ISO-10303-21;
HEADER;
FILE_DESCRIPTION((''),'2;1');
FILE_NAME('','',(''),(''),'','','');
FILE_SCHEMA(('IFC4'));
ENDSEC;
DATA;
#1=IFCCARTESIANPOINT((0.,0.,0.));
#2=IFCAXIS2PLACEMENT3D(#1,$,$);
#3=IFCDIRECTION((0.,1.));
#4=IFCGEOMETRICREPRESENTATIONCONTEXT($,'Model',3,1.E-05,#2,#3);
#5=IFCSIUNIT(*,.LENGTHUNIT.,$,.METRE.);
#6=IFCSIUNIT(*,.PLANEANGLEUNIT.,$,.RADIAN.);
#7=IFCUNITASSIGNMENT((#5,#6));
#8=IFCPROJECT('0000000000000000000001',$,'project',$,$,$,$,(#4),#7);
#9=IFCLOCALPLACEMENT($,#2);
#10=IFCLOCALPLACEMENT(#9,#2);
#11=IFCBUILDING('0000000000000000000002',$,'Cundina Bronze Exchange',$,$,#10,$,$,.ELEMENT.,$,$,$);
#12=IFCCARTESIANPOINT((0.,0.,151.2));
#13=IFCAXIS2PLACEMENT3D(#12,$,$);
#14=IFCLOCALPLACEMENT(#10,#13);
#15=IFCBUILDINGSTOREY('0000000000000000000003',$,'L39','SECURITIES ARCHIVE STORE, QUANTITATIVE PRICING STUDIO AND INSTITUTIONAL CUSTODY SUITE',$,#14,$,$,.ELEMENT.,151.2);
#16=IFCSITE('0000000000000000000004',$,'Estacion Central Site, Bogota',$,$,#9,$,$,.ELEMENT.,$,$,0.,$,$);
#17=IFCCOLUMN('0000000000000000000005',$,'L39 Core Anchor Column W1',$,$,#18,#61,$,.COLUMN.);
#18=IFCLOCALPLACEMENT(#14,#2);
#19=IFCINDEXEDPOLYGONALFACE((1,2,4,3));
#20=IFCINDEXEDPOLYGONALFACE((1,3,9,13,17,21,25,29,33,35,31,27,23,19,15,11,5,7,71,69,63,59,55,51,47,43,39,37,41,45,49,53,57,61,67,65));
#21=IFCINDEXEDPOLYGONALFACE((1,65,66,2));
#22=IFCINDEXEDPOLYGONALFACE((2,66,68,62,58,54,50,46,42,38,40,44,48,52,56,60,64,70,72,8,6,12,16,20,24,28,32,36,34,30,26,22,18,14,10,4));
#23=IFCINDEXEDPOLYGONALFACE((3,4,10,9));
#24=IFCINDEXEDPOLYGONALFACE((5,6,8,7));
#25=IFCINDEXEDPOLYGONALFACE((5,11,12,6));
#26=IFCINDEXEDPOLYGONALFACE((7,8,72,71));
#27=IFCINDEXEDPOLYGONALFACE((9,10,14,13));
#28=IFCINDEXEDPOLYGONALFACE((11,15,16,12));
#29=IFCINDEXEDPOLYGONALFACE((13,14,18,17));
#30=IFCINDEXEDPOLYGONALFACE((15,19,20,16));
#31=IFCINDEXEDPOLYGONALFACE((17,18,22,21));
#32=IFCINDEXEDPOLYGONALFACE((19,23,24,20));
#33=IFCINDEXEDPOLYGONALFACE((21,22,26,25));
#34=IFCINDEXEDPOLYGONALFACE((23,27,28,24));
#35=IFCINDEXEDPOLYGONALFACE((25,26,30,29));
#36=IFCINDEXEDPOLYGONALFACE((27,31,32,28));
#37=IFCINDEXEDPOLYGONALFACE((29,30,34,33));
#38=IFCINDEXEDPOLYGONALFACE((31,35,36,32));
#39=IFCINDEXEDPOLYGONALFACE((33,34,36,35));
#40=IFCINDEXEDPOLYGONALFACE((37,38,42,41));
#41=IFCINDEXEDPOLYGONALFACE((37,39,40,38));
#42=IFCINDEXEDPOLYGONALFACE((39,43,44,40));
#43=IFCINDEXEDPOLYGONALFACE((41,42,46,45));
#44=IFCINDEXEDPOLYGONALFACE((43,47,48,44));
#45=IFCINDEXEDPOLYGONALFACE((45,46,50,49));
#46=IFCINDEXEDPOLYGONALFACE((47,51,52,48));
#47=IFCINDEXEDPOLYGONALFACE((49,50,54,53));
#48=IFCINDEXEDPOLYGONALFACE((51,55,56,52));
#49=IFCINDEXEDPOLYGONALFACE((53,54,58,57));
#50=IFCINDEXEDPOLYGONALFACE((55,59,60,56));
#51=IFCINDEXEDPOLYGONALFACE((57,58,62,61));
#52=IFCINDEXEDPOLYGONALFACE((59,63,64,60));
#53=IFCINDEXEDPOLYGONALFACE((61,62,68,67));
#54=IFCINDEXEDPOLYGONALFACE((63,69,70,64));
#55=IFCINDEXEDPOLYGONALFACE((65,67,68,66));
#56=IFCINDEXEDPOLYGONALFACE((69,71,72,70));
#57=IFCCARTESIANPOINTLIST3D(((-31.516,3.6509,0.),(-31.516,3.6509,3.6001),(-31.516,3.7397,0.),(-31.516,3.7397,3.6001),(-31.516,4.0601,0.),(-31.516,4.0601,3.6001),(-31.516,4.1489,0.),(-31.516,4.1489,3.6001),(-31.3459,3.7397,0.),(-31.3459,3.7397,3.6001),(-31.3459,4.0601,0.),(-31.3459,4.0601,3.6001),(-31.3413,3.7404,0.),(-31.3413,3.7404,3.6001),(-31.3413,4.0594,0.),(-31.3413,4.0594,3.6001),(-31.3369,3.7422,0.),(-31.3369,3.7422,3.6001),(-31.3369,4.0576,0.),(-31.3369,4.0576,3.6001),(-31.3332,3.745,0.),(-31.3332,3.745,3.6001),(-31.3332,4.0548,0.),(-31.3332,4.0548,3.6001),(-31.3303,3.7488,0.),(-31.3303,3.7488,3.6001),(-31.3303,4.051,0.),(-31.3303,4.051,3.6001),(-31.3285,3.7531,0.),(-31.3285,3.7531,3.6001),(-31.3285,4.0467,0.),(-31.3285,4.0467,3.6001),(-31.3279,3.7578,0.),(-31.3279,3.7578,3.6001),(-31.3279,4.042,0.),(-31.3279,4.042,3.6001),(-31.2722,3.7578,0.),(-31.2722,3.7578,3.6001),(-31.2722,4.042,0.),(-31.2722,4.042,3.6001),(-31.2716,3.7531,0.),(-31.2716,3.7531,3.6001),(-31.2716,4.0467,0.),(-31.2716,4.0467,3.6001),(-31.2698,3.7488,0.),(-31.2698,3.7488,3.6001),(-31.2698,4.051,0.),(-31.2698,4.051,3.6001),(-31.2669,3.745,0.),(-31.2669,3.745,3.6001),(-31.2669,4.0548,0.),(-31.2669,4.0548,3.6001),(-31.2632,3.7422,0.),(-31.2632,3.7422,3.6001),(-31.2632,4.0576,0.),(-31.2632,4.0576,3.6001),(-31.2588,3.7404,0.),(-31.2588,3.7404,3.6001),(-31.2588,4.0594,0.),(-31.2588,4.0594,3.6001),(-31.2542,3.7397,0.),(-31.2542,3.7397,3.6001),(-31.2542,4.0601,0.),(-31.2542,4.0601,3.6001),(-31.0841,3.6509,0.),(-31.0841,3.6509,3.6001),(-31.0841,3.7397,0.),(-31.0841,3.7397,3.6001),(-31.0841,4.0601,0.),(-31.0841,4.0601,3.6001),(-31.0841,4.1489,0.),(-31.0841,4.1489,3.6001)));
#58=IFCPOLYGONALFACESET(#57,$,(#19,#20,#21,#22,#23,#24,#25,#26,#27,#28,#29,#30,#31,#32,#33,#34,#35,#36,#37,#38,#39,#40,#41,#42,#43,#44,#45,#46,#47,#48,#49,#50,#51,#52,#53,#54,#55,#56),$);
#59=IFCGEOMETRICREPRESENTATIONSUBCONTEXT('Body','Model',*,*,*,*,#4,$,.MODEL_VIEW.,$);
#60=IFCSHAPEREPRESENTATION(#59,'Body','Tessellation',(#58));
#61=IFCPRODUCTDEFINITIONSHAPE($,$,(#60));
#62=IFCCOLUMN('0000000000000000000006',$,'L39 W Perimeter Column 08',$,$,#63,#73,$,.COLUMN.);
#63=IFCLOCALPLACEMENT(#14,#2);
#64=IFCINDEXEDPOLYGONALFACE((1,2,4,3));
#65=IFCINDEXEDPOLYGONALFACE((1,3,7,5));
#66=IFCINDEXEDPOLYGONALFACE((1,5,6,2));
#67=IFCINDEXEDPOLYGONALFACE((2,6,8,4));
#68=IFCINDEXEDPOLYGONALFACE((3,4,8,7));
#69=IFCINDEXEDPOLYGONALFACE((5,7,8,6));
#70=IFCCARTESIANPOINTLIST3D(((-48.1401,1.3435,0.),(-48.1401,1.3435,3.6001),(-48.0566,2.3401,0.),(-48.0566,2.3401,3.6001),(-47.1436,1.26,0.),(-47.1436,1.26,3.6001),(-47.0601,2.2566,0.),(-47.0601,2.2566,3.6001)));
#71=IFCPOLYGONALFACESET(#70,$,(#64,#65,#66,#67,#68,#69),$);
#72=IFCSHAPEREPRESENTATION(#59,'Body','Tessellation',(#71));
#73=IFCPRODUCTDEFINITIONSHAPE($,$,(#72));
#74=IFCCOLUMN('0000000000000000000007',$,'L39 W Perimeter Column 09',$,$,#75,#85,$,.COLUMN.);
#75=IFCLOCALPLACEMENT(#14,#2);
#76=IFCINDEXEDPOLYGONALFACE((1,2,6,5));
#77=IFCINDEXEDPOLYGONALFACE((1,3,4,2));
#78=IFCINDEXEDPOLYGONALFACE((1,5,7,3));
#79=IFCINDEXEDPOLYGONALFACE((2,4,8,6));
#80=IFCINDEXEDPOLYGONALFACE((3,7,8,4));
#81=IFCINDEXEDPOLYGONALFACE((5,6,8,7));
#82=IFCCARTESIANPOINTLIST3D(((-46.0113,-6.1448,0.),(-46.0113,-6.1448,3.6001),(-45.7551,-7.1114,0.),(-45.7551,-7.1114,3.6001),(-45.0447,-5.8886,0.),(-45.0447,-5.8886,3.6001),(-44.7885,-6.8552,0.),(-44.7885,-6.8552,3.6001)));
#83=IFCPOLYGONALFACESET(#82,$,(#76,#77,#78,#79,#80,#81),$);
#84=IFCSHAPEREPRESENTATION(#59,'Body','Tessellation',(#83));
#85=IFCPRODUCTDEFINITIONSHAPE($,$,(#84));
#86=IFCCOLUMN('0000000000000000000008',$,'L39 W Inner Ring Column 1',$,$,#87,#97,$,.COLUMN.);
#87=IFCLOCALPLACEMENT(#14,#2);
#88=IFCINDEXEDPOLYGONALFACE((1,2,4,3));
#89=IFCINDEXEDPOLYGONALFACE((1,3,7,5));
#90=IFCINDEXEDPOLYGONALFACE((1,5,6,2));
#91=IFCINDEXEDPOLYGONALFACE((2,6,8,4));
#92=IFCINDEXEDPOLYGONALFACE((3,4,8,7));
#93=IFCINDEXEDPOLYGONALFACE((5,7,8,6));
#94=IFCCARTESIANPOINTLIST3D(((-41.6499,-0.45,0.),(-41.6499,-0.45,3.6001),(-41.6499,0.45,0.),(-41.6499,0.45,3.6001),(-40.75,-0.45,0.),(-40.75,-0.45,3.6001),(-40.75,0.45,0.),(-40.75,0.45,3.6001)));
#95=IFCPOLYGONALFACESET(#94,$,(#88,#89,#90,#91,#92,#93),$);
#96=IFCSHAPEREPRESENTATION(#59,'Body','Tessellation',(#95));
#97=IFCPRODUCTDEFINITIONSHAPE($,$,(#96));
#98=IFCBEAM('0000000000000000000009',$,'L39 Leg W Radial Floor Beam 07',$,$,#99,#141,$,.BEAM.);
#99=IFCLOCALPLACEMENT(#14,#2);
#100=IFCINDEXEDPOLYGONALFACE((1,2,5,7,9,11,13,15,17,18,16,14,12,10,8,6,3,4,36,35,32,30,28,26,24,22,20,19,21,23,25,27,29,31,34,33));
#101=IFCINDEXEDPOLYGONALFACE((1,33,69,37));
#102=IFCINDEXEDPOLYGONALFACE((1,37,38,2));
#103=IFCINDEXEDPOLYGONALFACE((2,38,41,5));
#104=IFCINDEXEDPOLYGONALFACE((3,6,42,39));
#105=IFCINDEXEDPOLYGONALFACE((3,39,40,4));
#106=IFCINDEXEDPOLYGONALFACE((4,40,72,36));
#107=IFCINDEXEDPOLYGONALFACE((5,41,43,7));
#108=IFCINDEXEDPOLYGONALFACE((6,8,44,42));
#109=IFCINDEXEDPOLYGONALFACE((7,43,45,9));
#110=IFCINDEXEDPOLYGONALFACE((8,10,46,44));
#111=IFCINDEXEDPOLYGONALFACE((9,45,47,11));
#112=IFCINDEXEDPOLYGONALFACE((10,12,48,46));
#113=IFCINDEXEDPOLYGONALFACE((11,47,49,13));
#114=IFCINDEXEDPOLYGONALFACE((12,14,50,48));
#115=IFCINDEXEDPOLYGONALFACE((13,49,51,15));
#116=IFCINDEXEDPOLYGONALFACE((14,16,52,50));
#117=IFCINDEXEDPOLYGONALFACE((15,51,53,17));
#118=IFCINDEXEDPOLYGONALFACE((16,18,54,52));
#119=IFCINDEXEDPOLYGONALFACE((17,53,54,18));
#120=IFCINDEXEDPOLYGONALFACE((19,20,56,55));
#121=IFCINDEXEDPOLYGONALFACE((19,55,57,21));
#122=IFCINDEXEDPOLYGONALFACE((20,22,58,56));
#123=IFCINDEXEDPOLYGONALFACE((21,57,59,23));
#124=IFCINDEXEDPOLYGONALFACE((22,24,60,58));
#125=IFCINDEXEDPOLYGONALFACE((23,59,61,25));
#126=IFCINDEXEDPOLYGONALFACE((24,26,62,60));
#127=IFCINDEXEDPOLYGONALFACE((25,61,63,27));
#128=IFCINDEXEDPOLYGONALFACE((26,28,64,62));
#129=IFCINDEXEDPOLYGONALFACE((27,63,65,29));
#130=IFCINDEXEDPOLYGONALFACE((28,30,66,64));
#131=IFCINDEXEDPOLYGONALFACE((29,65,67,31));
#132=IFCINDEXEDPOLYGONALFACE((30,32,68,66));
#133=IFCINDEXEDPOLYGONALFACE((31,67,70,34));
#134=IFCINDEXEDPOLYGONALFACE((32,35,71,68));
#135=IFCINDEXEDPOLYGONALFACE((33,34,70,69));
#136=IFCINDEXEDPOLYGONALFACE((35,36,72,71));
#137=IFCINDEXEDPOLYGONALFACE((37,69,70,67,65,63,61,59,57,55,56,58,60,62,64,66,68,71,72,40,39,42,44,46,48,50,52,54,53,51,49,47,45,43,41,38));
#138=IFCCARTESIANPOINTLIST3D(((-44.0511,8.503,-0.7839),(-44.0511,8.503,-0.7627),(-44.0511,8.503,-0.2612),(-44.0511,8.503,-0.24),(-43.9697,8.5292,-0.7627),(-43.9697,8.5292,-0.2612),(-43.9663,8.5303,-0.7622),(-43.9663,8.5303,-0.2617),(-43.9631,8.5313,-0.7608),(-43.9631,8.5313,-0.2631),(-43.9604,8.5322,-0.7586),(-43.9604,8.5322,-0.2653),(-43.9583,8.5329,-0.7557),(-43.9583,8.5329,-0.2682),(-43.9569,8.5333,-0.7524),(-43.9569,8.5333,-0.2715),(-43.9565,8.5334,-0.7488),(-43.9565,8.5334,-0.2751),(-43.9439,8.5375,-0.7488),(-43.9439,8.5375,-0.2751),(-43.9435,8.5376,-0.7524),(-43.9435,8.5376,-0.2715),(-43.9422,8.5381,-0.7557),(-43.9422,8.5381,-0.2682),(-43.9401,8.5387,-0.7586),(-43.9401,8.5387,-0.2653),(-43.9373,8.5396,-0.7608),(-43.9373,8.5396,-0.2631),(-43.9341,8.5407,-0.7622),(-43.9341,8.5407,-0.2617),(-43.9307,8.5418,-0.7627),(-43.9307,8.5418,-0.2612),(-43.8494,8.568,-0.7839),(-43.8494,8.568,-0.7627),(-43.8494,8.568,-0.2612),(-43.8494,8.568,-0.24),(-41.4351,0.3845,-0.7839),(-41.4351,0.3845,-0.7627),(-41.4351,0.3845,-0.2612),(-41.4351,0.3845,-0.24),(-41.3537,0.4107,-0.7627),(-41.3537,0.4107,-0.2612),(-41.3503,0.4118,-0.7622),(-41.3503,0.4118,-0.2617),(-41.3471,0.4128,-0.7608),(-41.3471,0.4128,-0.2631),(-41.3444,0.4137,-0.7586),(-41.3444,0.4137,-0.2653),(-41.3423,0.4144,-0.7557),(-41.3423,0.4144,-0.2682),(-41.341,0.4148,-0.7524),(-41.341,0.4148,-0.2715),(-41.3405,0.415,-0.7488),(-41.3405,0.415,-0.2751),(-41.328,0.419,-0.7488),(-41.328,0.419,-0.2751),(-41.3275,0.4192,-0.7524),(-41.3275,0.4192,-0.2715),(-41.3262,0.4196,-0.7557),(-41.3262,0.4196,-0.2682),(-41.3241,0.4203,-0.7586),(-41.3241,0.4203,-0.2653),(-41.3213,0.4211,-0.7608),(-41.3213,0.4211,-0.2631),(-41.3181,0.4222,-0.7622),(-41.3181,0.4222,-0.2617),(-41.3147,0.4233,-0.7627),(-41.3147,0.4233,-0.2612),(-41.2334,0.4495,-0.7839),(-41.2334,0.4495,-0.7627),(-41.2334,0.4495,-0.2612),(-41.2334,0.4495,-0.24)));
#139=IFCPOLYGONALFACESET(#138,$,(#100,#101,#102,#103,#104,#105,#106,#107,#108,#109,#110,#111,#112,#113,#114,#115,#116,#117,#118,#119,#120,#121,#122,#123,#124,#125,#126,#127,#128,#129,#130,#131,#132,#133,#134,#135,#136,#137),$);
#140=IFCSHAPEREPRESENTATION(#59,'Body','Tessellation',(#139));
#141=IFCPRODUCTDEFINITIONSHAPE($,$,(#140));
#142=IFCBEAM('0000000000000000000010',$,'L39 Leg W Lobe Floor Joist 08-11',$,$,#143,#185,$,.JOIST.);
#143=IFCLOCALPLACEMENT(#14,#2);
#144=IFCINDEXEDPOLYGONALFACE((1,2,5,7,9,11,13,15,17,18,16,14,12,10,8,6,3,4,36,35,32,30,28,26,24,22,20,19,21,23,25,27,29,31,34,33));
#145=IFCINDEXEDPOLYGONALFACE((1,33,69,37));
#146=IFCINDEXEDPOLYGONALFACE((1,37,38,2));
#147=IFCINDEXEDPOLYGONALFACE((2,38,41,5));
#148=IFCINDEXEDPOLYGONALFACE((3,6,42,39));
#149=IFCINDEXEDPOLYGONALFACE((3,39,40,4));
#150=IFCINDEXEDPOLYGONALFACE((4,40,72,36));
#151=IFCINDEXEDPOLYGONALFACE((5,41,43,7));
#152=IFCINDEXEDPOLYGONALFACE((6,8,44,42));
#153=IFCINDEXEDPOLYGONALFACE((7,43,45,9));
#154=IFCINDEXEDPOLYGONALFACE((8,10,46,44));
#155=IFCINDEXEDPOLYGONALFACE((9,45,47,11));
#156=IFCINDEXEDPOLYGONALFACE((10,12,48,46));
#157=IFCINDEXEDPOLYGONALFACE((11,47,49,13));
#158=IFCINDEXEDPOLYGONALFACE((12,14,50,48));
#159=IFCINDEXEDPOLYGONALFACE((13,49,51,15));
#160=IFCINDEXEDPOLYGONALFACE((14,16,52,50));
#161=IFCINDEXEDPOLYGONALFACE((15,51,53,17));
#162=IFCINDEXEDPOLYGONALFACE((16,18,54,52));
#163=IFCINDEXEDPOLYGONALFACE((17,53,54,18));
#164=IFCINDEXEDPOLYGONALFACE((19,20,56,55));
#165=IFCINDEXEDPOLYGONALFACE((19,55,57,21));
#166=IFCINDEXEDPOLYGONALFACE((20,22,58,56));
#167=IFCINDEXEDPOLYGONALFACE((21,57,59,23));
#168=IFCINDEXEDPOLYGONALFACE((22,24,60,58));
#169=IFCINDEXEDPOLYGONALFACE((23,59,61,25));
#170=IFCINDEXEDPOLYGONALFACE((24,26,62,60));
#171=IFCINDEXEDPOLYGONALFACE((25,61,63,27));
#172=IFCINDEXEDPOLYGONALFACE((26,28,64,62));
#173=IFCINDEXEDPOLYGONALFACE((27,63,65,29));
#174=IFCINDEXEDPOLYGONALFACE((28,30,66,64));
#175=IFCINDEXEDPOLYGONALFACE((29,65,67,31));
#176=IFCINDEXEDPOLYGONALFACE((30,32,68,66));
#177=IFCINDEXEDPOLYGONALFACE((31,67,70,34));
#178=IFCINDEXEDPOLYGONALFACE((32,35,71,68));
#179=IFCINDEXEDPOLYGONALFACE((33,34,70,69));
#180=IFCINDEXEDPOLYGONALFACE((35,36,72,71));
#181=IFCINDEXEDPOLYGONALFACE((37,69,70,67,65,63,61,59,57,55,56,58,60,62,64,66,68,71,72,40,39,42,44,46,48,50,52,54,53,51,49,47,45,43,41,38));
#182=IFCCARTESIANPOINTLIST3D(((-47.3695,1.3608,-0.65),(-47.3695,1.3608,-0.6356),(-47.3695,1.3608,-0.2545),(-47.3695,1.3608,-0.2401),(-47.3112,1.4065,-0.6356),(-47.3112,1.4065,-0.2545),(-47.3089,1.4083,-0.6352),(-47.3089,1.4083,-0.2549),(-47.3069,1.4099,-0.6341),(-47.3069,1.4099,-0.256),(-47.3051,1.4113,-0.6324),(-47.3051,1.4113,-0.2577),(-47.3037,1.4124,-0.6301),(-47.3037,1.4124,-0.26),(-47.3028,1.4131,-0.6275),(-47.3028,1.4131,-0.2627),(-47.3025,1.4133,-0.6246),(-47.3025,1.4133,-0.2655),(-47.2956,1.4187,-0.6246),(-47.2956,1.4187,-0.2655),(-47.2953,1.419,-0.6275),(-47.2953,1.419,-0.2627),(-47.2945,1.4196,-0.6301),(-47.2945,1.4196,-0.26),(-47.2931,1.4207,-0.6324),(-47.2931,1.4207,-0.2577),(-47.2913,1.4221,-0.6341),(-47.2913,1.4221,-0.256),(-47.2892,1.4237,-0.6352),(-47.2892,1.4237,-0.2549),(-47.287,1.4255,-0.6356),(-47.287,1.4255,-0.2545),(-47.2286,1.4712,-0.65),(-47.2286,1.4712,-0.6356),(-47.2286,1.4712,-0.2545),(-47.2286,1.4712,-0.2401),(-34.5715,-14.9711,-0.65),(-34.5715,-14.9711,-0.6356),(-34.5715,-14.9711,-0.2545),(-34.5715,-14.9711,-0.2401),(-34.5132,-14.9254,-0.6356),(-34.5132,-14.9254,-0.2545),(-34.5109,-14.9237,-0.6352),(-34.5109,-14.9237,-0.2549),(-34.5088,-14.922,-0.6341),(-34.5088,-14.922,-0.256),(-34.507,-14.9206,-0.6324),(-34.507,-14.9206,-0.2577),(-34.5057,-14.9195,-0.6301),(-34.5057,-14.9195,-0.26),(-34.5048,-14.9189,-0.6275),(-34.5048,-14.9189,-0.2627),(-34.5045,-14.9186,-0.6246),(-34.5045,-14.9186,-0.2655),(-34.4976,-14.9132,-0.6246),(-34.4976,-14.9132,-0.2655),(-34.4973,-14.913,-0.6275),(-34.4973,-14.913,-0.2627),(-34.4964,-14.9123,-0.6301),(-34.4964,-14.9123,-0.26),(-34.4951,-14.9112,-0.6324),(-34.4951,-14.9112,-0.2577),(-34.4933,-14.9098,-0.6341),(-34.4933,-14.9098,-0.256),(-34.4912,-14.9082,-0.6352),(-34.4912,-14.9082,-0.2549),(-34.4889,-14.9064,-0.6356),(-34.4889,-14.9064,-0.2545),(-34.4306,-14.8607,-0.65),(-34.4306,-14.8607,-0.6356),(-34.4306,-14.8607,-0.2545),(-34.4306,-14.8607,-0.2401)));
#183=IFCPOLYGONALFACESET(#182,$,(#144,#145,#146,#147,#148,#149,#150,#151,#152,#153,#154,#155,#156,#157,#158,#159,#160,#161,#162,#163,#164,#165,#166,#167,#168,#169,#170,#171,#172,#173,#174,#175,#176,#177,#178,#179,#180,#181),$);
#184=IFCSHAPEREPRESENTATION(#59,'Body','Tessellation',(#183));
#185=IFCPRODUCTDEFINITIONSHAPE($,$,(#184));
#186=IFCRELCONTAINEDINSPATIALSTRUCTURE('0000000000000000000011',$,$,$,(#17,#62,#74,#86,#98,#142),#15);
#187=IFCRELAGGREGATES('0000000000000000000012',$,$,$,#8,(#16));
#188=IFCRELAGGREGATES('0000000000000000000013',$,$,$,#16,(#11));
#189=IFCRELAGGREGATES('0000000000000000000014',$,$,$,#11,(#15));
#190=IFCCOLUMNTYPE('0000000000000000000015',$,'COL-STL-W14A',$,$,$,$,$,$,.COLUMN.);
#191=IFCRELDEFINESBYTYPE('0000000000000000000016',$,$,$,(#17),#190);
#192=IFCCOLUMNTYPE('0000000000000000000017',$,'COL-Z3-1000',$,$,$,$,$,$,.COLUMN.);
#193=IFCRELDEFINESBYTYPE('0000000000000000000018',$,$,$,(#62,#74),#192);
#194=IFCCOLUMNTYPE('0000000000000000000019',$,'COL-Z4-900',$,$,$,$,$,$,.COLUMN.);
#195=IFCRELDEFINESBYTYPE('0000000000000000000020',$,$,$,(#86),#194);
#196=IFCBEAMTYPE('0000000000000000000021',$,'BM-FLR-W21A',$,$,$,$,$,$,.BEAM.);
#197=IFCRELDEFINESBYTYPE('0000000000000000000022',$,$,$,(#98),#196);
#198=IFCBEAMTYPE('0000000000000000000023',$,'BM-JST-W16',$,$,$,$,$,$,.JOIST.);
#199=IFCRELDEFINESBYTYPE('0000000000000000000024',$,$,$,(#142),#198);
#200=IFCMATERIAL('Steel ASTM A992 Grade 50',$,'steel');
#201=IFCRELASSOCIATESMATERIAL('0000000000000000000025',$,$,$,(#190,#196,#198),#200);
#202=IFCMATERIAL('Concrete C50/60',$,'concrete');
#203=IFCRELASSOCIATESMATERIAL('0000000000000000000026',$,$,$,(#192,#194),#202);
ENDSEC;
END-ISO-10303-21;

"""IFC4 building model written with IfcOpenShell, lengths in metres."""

from ifc_helpers import new_model, si_unit, direction, frame, origin, origin_2d, place, context, subcontext, project, spatial, rectangle, i_section, extrude, material, material_profile, profile_set, type_object, element, save


model = new_model("IFC4")

# Units and contexts
model_context = context("Model", 3, precision=1e-05, world=origin(), true_north=direction((0.0, 1.0)))
body_context = subcontext(model_context, "Body", "Model", "MODEL_VIEW")
ifc_project = project(units=[si_unit("LENGTHUNIT", "METRE"), si_unit("PLANEANGLEUNIT", "RADIAN")], contexts=[model_context])

# Site, building, storey
site_placement = place(None, origin())
site = spatial("IfcSite", under=ifc_project, at=site_placement, Name="Estacion Central Site, Bogota", CompositionType="ELEMENT", RefElevation=0.0)
building_placement = place(site_placement, origin())
building = spatial("IfcBuilding", under=site, at=building_placement, Name="Cundina Bronze Exchange", CompositionType="ELEMENT")
storey_placement = place(building_placement, frame((0.0, 0.0, 151.2)))
storey = spatial("IfcBuildingStorey", under=building, at=storey_placement, Name="L39", Description="SECURITIES ARCHIVE STORE, QUANTITATIVE PRICING STUDIO AND INSTITUTIONAL CUSTODY SUITE", CompositionType="ELEMENT", Elevation=151.2)

# Columns
ifc_material_1 = material(Name="Steel ASTM A992 Grade 50", Category="steel")
ifc_material_profile_1 = material_profile(ifc_material_1, i_section(OverallWidth=0.4319, OverallDepth=0.498, WebThickness=0.0557, FlangeThickness=0.0889, FilletRadius=0.0181, at=origin_2d()), Name="W14X500", Category="steel")
ifc_profile_set_1 = profile_set([ifc_material_profile_1], Name="Steel ASTM A992 Grade 50")
column_type_1 = type_object("IfcColumnType", Name="COL-STL-W14A", PredefinedType="COLUMN", material=ifc_profile_set_1)
column_1_placement = place(storey_placement, frame((-31.3, 3.8999, 0.0), z_axis=(0.0, 0.0, 1.0), x_axis=(1.0, 0.0, 0.0)))
element("IfcColumn", 1, at=column_1_placement, inside=storey, type_object=column_type_1, Name="L39 Core Anchor Column W1", PredefinedType="COLUMN", context=body_context, shape_type="SweptSolid", body=[
    extrude(i_section(OverallWidth=0.4319, OverallDepth=0.498, WebThickness=0.0557, FlangeThickness=0.0889, FilletRadius=0.0181, at=origin_2d()), origin(), (0.0, 0.0, 1.0), 3.6001),
])
ifc_material_2 = material(Name="Concrete C50/60", Category="concrete")
ifc_material_profile_2 = material_profile(ifc_material_2, rectangle(XDim=1.0, YDim=1.0, at=origin_2d()), Name="RC1000X1000", Category="concrete")
ifc_profile_set_2 = profile_set([ifc_material_profile_2], Name="Concrete C50/60")
column_type_2 = type_object("IfcColumnType", Name="COL-Z3-1000", PredefinedType="COLUMN", material=ifc_profile_set_2)
for number, where, z_axis, x_axis, name in (
    (2, (-47.6001, 1.8, 0.0), (0.0, 0.0, 1.0), (-0.083504, -0.996507, 0.0), "L39 W Perimeter Column 08"),
    (3, (-45.3999, -6.5, 0.0), (0.0, 0.0, 1.0), (0.256289, -0.9666, 0.0), "L39 W Perimeter Column 09"),
):
    element("IfcColumn", number, at=place(storey_placement, frame(where, z_axis=z_axis, x_axis=x_axis)), inside=storey, type_object=column_type_2, Name=name, PredefinedType="COLUMN", context=body_context, shape_type="SweptSolid", body=[
        extrude(rectangle(XDim=1.0, YDim=1.0, at=origin_2d()), origin(), (0.0, 0.0, 1.0), 3.6001),
    ])
ifc_material_profile_3 = material_profile(ifc_material_2, rectangle(XDim=0.8999, YDim=0.8999, at=origin_2d()), Name="RC900X900", Category="concrete")
ifc_profile_set_3 = profile_set([ifc_material_profile_3], Name="Concrete C50/60")
column_type_3 = type_object("IfcColumnType", Name="COL-Z4-900", PredefinedType="COLUMN", material=ifc_profile_set_3)
column_2_placement = place(storey_placement, frame((-41.2, 0.0, 0.0), z_axis=(0.0, 0.0, 1.0), x_axis=(1.0, 0.0, 0.0)))
element("IfcColumn", 4, at=column_2_placement, inside=storey, type_object=column_type_3, Name="L39 W Inner Ring Column 1", PredefinedType="COLUMN", context=body_context, shape_type="SweptSolid", body=[
    extrude(rectangle(XDim=0.8999, YDim=0.8999, at=origin_2d()), origin(), (0.0, 0.0, 1.0), 3.6001),
])

# Beams
ifc_material_profile_4 = material_profile(ifc_material_1, i_section(OverallWidth=0.2119, OverallDepth=0.5439, WebThickness=0.0132, FlangeThickness=0.0212, FilletRadius=0.0139, at=origin_2d()), Name="W21X83", Category="steel")
ifc_profile_set_4 = profile_set([ifc_material_profile_4], Name="Steel ASTM A992 Grade 50")
beam_type_1 = type_object("IfcBeamType", Name="BM-FLR-W21A", PredefinedType="BEAM", material=ifc_profile_set_4)
beam_1_placement = place(storey_placement, frame((-41.3342, 0.417, -0.512), z_axis=(-0.306698, 0.951807, 0.0), x_axis=(-0.951807, -0.306698, 0.0)))
element("IfcBeam", 5, at=beam_1_placement, inside=storey, type_object=beam_type_1, Name="L39 Leg W Radial Floor Beam 07", PredefinedType="BEAM", context=body_context, shape_type="SweptSolid", body=[
    extrude(i_section(OverallWidth=0.2119, OverallDepth=0.5439, WebThickness=0.0132, FlangeThickness=0.0212, FilletRadius=0.0139, at=origin_2d()), origin(), (0.0, 0.0, 1.0), 8.5295),
])
ifc_material_profile_5 = material_profile(ifc_material_1, i_section(OverallWidth=0.179, OverallDepth=0.4099, WebThickness=0.0088, FlangeThickness=0.0144, FilletRadius=0.011, at=origin_2d()), Name="W16X45", Category="steel")
ifc_profile_set_5 = profile_set([ifc_material_profile_5], Name="Steel ASTM A992 Grade 50")
beam_type_2 = type_object("IfcBeamType", Name="BM-JST-W16", PredefinedType="JOIST", material=ifc_profile_set_5)
beam_2_placement = place(storey_placement, frame((-47.2991, 1.416, -0.4451), z_axis=(0.616801, -0.787119, 0.0), x_axis=(0.787119, 0.616801, 0.0)))
element("IfcBeam", 6, at=beam_2_placement, inside=storey, type_object=beam_type_2, Name="L39 Leg W Lobe Floor Joist 08-11", PredefinedType="JOIST", context=body_context, shape_type="SweptSolid", body=[
    extrude(i_section(OverallWidth=0.179, OverallDepth=0.4099, WebThickness=0.0088, FlangeThickness=0.0144, FilletRadius=0.011, at=origin_2d()), origin(), (0.0, 0.0, 1.0), 20.749),
])

save(model, "model.ifc")
